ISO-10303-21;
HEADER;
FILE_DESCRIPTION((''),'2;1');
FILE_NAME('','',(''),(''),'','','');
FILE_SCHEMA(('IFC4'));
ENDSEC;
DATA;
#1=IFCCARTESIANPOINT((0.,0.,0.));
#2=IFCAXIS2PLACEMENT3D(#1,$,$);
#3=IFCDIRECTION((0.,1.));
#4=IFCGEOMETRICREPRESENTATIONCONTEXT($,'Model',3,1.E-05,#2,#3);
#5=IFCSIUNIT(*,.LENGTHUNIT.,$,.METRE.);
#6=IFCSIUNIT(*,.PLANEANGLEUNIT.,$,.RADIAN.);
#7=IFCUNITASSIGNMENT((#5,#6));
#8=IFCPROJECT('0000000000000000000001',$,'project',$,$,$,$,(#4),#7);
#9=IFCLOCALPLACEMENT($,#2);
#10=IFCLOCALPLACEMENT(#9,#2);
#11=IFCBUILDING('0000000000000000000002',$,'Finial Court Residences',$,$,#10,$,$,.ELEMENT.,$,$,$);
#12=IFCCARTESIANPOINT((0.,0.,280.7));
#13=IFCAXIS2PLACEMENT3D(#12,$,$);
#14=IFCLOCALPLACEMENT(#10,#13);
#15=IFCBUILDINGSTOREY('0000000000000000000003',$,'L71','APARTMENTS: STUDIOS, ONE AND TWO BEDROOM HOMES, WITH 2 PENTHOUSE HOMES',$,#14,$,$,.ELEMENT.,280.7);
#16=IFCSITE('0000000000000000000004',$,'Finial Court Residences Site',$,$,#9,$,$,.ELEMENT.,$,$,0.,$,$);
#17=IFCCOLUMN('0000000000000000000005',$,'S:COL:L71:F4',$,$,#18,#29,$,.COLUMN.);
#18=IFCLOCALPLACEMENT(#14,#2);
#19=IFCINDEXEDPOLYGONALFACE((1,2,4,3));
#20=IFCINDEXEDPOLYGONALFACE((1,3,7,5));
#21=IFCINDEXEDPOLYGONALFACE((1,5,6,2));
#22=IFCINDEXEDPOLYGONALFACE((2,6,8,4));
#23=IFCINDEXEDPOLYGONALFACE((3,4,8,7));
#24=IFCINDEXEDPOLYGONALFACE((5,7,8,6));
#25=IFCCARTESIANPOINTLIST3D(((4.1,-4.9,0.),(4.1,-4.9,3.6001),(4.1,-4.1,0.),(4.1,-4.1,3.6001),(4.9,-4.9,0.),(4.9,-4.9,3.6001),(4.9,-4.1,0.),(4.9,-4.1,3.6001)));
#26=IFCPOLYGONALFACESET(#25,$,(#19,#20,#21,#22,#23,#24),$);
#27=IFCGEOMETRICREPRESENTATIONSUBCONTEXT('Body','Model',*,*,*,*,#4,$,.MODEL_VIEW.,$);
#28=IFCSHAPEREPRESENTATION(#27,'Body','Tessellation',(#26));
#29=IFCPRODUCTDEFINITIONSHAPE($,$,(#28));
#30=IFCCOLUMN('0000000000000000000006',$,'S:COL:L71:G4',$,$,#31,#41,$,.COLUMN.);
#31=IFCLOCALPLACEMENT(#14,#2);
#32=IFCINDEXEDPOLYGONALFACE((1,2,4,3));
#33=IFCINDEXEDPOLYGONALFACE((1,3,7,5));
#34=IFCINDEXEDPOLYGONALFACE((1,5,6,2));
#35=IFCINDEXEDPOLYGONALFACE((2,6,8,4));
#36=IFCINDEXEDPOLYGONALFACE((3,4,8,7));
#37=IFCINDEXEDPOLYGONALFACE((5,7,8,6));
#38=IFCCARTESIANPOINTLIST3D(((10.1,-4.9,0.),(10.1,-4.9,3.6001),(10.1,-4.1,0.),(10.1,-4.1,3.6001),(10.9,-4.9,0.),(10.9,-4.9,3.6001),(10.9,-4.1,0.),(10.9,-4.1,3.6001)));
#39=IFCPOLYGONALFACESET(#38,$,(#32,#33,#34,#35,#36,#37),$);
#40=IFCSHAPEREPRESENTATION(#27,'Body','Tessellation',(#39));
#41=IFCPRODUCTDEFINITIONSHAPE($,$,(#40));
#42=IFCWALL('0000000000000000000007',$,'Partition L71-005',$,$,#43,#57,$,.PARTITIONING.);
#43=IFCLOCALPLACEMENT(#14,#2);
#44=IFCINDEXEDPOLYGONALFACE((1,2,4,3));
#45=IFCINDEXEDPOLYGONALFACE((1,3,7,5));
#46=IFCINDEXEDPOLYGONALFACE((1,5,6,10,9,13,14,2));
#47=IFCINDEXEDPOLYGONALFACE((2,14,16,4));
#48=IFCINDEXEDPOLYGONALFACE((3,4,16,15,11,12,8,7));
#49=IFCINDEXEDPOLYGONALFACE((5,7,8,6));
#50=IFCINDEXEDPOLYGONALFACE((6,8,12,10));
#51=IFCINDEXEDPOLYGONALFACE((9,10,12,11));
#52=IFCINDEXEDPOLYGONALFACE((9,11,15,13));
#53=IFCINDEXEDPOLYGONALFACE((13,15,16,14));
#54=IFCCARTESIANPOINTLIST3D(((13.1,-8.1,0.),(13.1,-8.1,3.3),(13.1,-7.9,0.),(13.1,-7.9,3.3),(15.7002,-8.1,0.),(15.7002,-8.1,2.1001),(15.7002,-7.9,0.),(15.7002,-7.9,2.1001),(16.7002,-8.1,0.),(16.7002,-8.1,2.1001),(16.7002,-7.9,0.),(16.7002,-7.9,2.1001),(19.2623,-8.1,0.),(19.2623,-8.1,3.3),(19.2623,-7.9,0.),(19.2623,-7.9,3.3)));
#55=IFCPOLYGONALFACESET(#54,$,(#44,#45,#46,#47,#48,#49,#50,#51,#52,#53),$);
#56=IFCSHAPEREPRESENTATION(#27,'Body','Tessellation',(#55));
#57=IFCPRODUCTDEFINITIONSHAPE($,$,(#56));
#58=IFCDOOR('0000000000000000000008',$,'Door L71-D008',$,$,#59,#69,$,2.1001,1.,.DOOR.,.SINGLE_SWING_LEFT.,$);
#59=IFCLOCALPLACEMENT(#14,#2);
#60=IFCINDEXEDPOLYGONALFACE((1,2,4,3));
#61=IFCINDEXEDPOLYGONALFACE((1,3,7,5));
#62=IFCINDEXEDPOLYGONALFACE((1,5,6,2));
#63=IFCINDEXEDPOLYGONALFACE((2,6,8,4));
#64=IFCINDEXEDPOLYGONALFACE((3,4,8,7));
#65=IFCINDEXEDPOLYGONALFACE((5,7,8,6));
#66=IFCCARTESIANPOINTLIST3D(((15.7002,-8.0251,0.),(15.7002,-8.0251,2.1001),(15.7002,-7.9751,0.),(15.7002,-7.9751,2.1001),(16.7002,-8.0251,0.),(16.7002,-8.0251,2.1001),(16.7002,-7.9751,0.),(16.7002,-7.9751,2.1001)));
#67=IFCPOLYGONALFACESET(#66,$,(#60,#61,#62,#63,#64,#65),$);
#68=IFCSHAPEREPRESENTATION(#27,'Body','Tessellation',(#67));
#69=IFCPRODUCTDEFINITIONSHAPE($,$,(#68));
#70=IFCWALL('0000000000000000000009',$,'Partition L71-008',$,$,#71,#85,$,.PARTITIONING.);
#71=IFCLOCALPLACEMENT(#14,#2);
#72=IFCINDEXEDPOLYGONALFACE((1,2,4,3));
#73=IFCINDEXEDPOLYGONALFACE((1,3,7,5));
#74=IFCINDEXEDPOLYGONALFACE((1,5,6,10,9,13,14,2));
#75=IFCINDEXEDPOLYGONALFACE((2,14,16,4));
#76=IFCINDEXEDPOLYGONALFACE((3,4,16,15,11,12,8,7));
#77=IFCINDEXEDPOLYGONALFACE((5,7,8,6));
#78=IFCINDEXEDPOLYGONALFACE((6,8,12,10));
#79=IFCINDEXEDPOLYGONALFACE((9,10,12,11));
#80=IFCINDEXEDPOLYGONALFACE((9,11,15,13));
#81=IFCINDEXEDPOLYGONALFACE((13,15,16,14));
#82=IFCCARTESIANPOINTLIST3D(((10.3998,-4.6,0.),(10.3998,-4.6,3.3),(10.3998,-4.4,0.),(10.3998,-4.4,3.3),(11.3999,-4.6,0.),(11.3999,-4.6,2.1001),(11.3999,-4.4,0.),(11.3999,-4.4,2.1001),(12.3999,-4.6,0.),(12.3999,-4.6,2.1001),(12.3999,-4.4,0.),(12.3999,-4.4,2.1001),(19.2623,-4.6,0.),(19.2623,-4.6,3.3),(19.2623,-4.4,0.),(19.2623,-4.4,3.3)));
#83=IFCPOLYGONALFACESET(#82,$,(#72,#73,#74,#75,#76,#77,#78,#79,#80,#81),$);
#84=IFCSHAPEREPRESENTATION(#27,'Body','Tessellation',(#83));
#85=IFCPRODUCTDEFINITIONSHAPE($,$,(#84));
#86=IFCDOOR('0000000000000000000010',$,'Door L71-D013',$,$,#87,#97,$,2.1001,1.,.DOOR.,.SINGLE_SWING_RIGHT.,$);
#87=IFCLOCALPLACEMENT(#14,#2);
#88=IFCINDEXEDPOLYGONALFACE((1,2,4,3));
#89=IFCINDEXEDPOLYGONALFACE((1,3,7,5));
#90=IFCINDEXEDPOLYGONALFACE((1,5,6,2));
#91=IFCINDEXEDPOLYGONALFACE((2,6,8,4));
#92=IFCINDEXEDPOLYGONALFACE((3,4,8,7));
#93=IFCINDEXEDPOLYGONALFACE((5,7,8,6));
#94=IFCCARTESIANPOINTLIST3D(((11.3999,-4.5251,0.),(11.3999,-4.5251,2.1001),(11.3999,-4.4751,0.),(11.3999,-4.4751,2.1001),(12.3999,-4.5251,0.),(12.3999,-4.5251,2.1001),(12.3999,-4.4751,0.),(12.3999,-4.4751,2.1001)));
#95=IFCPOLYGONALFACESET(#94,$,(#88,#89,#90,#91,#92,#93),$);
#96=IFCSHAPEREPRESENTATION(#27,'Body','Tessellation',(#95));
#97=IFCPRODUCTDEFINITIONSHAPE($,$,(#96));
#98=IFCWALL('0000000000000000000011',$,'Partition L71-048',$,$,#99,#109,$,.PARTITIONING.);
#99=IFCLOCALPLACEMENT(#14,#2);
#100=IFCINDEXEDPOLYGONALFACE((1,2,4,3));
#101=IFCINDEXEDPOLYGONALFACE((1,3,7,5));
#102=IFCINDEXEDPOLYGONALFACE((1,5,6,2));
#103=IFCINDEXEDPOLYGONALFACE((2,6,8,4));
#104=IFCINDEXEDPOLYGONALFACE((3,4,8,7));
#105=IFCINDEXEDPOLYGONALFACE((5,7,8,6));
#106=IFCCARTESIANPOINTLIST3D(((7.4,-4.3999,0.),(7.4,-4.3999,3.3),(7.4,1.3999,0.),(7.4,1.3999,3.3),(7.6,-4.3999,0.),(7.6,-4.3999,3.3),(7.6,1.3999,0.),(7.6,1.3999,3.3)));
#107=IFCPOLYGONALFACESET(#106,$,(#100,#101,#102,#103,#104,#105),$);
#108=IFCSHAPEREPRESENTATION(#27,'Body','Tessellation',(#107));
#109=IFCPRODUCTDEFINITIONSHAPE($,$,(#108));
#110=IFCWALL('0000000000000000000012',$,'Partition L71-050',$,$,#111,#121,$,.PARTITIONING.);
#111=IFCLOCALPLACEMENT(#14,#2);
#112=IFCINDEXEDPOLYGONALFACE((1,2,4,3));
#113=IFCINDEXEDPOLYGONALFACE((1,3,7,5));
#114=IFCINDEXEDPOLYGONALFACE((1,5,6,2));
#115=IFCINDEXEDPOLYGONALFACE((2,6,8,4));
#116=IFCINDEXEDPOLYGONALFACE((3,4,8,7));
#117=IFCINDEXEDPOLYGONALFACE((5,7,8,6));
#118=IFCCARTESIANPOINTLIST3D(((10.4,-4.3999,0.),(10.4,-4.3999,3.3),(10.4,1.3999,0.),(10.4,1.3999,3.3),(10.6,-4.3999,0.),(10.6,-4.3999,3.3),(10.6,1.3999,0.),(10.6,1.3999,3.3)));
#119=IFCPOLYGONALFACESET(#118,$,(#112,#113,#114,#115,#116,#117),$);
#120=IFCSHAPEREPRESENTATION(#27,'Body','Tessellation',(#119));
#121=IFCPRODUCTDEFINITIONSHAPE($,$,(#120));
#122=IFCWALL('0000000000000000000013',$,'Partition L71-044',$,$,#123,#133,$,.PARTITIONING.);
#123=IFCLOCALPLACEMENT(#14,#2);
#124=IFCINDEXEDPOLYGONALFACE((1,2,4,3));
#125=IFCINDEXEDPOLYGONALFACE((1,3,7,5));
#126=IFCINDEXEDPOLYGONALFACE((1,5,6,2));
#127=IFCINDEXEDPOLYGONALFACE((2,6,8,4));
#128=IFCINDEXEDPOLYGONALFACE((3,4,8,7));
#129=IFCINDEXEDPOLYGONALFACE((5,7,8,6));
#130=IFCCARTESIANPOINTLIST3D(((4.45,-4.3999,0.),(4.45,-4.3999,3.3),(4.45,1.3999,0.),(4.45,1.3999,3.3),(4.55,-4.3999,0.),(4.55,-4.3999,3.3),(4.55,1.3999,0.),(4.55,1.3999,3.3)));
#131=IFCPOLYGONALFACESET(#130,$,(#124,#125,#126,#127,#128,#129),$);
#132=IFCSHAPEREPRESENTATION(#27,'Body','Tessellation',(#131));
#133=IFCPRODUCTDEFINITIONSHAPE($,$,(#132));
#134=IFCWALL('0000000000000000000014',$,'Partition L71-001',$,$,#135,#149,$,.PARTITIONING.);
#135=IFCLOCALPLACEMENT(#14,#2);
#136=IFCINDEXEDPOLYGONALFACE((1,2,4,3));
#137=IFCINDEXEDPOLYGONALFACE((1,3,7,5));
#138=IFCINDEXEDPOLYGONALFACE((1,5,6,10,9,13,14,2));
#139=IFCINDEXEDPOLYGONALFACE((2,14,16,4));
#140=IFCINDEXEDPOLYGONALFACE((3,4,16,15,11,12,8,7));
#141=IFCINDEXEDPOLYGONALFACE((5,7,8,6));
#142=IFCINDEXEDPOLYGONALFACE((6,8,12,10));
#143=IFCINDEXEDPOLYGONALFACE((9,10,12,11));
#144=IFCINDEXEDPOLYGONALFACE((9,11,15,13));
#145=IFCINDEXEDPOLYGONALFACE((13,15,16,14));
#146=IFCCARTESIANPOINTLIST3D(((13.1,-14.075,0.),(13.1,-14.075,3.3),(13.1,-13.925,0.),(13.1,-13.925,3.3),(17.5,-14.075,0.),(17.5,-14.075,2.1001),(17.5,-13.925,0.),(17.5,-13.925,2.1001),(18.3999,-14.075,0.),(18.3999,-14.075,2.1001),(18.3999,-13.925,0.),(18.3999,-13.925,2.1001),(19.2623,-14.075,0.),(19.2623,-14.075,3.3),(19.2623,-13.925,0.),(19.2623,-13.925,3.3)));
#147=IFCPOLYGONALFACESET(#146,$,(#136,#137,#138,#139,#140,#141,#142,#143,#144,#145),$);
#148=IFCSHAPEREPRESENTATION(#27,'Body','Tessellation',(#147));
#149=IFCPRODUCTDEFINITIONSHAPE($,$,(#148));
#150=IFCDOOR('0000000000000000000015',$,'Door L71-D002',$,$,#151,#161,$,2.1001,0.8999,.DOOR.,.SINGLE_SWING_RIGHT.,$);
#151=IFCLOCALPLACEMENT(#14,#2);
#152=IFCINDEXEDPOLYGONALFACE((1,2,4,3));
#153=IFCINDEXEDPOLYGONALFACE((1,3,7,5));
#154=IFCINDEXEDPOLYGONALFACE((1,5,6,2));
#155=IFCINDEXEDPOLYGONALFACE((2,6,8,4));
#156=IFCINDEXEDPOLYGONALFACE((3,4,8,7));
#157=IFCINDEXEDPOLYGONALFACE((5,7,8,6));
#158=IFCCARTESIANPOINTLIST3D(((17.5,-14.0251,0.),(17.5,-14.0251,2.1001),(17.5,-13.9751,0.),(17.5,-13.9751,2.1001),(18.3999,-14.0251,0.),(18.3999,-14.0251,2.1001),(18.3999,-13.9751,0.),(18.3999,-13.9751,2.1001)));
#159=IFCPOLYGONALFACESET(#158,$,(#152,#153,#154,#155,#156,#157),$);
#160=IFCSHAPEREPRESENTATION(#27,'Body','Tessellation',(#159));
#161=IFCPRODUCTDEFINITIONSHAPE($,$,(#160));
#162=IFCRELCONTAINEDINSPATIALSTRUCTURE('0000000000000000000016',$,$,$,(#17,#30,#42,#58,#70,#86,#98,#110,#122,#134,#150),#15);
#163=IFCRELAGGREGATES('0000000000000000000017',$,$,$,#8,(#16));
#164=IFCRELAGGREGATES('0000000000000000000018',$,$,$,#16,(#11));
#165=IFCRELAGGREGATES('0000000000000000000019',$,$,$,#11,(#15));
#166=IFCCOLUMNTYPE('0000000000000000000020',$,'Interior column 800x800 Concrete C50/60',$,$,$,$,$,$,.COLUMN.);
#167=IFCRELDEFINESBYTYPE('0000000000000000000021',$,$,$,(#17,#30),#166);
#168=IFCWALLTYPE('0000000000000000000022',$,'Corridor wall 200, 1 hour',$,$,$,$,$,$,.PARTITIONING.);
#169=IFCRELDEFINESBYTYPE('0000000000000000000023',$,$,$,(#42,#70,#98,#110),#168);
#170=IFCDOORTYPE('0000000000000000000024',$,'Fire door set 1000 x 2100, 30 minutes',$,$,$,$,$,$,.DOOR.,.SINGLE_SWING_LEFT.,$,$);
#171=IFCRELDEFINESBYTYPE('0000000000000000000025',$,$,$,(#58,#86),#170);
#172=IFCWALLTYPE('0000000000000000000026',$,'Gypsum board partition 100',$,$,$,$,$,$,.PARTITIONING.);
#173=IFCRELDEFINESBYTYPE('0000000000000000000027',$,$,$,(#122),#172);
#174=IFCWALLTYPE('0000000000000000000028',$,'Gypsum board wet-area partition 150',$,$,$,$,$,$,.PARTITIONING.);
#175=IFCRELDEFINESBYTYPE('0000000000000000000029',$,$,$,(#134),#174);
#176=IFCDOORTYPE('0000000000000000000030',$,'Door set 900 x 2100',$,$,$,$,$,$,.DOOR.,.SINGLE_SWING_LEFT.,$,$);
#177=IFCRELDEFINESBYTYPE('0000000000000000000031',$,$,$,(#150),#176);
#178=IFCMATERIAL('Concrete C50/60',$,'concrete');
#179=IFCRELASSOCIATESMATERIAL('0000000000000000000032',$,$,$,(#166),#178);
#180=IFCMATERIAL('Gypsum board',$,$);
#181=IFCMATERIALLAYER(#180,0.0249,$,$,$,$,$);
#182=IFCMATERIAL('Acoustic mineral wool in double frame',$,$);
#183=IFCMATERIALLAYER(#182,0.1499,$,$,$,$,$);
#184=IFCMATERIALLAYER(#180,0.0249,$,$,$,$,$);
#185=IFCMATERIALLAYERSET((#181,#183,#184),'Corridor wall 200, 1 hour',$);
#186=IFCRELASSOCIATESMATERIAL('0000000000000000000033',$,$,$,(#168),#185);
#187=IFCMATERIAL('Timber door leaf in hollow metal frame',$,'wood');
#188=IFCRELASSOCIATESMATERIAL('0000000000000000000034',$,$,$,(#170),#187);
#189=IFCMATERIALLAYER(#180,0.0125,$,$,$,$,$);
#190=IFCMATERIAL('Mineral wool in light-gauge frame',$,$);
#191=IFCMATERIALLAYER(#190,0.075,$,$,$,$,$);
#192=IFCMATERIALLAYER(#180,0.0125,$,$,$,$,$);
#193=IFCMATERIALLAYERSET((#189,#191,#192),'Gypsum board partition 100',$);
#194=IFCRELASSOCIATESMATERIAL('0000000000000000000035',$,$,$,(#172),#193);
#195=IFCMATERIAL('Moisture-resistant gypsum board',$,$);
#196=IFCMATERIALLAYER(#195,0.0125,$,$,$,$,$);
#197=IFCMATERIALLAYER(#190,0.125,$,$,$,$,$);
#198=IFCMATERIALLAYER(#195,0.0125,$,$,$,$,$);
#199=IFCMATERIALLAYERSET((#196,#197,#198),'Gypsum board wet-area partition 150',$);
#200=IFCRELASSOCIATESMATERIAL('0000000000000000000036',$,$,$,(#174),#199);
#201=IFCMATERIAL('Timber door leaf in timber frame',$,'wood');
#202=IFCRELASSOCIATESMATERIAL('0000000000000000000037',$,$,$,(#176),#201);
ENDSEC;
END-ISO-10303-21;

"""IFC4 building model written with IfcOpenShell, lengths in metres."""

from ifc_helpers import new_model, si_unit, direction, frame, frame_2d, origin, origin_2d, place, context, subcontext, project, spatial, rectangle, extrude, material, layer, layer_set, material_profile, profile_set, type_object, element, fill, save


model = new_model("IFC4")

# Units and contexts
model_context = context("Model", 3, precision=1e-05, world=origin(), true_north=direction((0.0, 1.0)))
body_context = subcontext(model_context, "Body", "Model", "MODEL_VIEW")
ifc_project = project(units=[si_unit("LENGTHUNIT", "METRE"), si_unit("PLANEANGLEUNIT", "RADIAN")], contexts=[model_context])

# Site, building, storey
site_placement = place(None, origin())
site = spatial("IfcSite", under=ifc_project, at=site_placement, Name="Finial Court Residences Site", CompositionType="ELEMENT", RefElevation=0.0)
building_placement = place(site_placement, origin())
building = spatial("IfcBuilding", under=site, at=building_placement, Name="Finial Court Residences", CompositionType="ELEMENT")
storey_placement = place(building_placement, frame((0.0, 0.0, 280.7)))
storey = spatial("IfcBuildingStorey", under=building, at=storey_placement, Name="L71", Description="APARTMENTS: STUDIOS, ONE AND TWO BEDROOM HOMES, WITH 2 PENTHOUSE HOMES", CompositionType="ELEMENT", Elevation=280.7)

# Columns
ifc_material_1 = material(Name="Concrete C50/60", Category="concrete")
ifc_material_profile = material_profile(ifc_material_1, rectangle(XDim=0.8, YDim=0.8, at=origin_2d()), Name="800x800")
ifc_profile_set = profile_set([ifc_material_profile], Name="Concrete C50/60")
column_type = type_object("IfcColumnType", Name="Interior column 800x800 Concrete C50/60", PredefinedType="COLUMN", material=ifc_profile_set)
for number, where, z_axis, x_axis, name in (
    (1, (4.5, -4.5, 0.0), (0.0, 0.0, 1.0), (1.0, 0.0, 0.0), "S:COL:L71:F4"),
    (2, (10.5, -4.5, 0.0), (0.0, 0.0, 1.0), (1.0, 0.0, 0.0), "S:COL:L71:G4"),
):
    element("IfcColumn", number, at=place(storey_placement, frame(where, z_axis=z_axis, x_axis=x_axis)), inside=storey, type_object=column_type, Name=name, PredefinedType="COLUMN", context=body_context, shape_type="SweptSolid", body=[
        extrude(rectangle(XDim=0.8, YDim=0.8, at=origin_2d()), origin(), (0.0, 0.0, 1.0), 3.6001),
    ])

# Walls, openings, doors
ifc_material_2 = material(Name="Gypsum board")
ifc_layer_1 = layer(ifc_material_2, 0.0249)
ifc_material_3 = material(Name="Acoustic mineral wool in double frame")
ifc_layer_2 = layer(ifc_material_3, 0.1499)
ifc_layer_3 = layer(ifc_material_2, 0.0249)
ifc_layer_set_1 = layer_set([ifc_layer_1, ifc_layer_2, ifc_layer_3], Name="Corridor wall 200, 1 hour")
wall_type_1 = type_object("IfcWallType", Name="Corridor wall 200, 1 hour", PredefinedType="PARTITIONING", material=ifc_layer_set_1)
wall_1_placement = place(storey_placement, frame((13.1001, -8.0, 0.0), z_axis=(0.0, 0.0, 1.0), x_axis=(1.0, 0.0, 0.0)))
wall_1 = element("IfcWall", 3, at=wall_1_placement, inside=storey, type_object=wall_type_1, Name="Partition L71-005", PredefinedType="PARTITIONING", context=body_context, shape_type="SweptSolid", body=[
    extrude(rectangle(XDim=6.1624, YDim=0.2, at=frame_2d((3.0811, 0.0))), origin(), (0.0, 0.0, 1.0), 3.3),
])
opening_1_placement = place(wall_1_placement, frame((2.6001, 0.0, 0.0)))
opening_1 = element("IfcOpeningElement", 4, at=opening_1_placement, cuts=wall_1, PredefinedType="OPENING", context=body_context, shape_type="SweptSolid", body=[
    extrude(rectangle(XDim=1.0, YDim=2.1001, at=frame_2d((0.5, 1.05))), frame((0.0, 0.1099, 0.0), z_axis=(0.0, -1.0, 0.0), x_axis=(1.0, 0.0, 0.0)), (0.0, 0.0, 1.0), 0.22),
])
ifc_material_4 = material(Name="Timber door leaf in hollow metal frame", Category="wood")
door_type_1 = type_object("IfcDoorType", Name="Fire door set 1000 x 2100, 30 minutes", OperationType="SINGLE_SWING_LEFT", PredefinedType="DOOR", material=ifc_material_4)
door_1_placement = place(opening_1_placement, origin())
door_1 = element("IfcDoor", 5, at=door_1_placement, inside=storey, type_object=door_type_1, Name="Door L71-D008", OperationType="SINGLE_SWING_LEFT", OverallHeight=2.1001, OverallWidth=1.0, PredefinedType="DOOR", context=body_context, shape_type="SweptSolid", body=[
    extrude(rectangle(XDim=1.0, YDim=2.1001, at=frame_2d((0.5, 1.05))), frame((0.0, 0.0249, 0.0), z_axis=(0.0, -1.0, 0.0), x_axis=(1.0, 0.0, 0.0)), (0.0, 0.0, 1.0), 0.05),
])
fill(opening_1, door_1)
wall_2_placement = place(storey_placement, frame((10.3999, -4.5, 0.0), z_axis=(0.0, 0.0, 1.0), x_axis=(1.0, 0.0, 0.0)))
wall_2 = element("IfcWall", 6, at=wall_2_placement, inside=storey, type_object=wall_type_1, Name="Partition L71-008", PredefinedType="PARTITIONING", context=body_context, shape_type="SweptSolid", body=[
    extrude(rectangle(XDim=8.8625, YDim=0.2, at=frame_2d((4.4312, 0.0))), origin(), (0.0, 0.0, 1.0), 3.3),
])
opening_2_placement = place(wall_2_placement, frame((1.0, 0.0, 0.0)))
opening_2 = element("IfcOpeningElement", 7, at=opening_2_placement, cuts=wall_2, PredefinedType="OPENING", context=body_context, shape_type="SweptSolid", body=[
    extrude(rectangle(XDim=1.0, YDim=2.1001, at=frame_2d((0.5, 1.05))), frame((0.0, 0.1099, 0.0), z_axis=(0.0, -1.0, 0.0), x_axis=(1.0, 0.0, 0.0)), (0.0, 0.0, 1.0), 0.22),
])
door_2_placement = place(opening_2_placement, origin())
door_2 = element("IfcDoor", 8, at=door_2_placement, inside=storey, type_object=door_type_1, Name="Door L71-D013", OperationType="SINGLE_SWING_RIGHT", OverallHeight=2.1001, OverallWidth=1.0, PredefinedType="DOOR", context=body_context, shape_type="SweptSolid", body=[
    extrude(rectangle(XDim=1.0, YDim=2.1001, at=frame_2d((0.5, 1.05))), frame((0.0, 0.0249, 0.0), z_axis=(0.0, -1.0, 0.0), x_axis=(1.0, 0.0, 0.0)), (0.0, 0.0, 1.0), 0.05),
])
fill(opening_2, door_2)

# Walls
for number, where, z_axis, x_axis, name in (
    (9, (7.5, -4.3999, 0.0), (0.0, 0.0, 1.0), (0.0, 1.0, 0.0), "Partition L71-048"),
    (10, (10.5, -4.3999, 0.0), (0.0, 0.0, 1.0), (0.0, 1.0, 0.0), "Partition L71-050"),
):
    element("IfcWall", number, at=place(storey_placement, frame(where, z_axis=z_axis, x_axis=x_axis)), inside=storey, type_object=wall_type_1, Name=name, PredefinedType="PARTITIONING", context=body_context, shape_type="SweptSolid", body=[
        extrude(rectangle(XDim=5.7998, YDim=0.2, at=frame_2d((2.8999, 0.0))), origin(), (0.0, 0.0, 1.0), 3.3),
    ])
ifc_layer_4 = layer(ifc_material_2, 0.0125)
ifc_material_5 = material(Name="Mineral wool in light-gauge frame")
ifc_layer_5 = layer(ifc_material_5, 0.075)
ifc_layer_6 = layer(ifc_material_2, 0.0125)
ifc_layer_set_2 = layer_set([ifc_layer_4, ifc_layer_5, ifc_layer_6], Name="Gypsum board partition 100")
wall_type_2 = type_object("IfcWallType", Name="Gypsum board partition 100", PredefinedType="PARTITIONING", material=ifc_layer_set_2)
wall_3_placement = place(storey_placement, frame((4.5, -4.3999, 0.0), z_axis=(0.0, 0.0, 1.0), x_axis=(0.0, 1.0, 0.0)))
element("IfcWall", 11, at=wall_3_placement, inside=storey, type_object=wall_type_2, Name="Partition L71-044", PredefinedType="PARTITIONING", context=body_context, shape_type="SweptSolid", body=[
    extrude(rectangle(XDim=5.7998, YDim=0.1001, at=frame_2d((2.8999, 0.0))), origin(), (0.0, 0.0, 1.0), 3.3),
])

# Wall, opening, door
ifc_material_6 = material(Name="Moisture-resistant gypsum board")
ifc_layer_7 = layer(ifc_material_6, 0.0125)
ifc_layer_8 = layer(ifc_material_5, 0.125)
ifc_layer_9 = layer(ifc_material_6, 0.0125)
ifc_layer_set_3 = layer_set([ifc_layer_7, ifc_layer_8, ifc_layer_9], Name="Gypsum board wet-area partition 150")
wall_type_3 = type_object("IfcWallType", Name="Gypsum board wet-area partition 150", PredefinedType="PARTITIONING", material=ifc_layer_set_3)
wall_4_placement = place(storey_placement, frame((13.1001, -14.0, 0.0), z_axis=(0.0, 0.0, 1.0), x_axis=(1.0, 0.0, 0.0)))
wall_4 = element("IfcWall", 12, at=wall_4_placement, inside=storey, type_object=wall_type_3, Name="Partition L71-001", PredefinedType="PARTITIONING", context=body_context, shape_type="SweptSolid", body=[
    extrude(rectangle(XDim=6.1624, YDim=0.1499, at=frame_2d((3.0811, 0.0))), origin(), (0.0, 0.0, 1.0), 3.3),
])
opening_3_placement = place(wall_4_placement, frame((4.3999, 0.0, 0.0)))
opening_3 = element("IfcOpeningElement", 13, at=opening_3_placement, cuts=wall_4, PredefinedType="OPENING", context=body_context, shape_type="SweptSolid", body=[
    extrude(rectangle(XDim=0.8999, YDim=2.1001, at=frame_2d((0.45, 1.05))), frame((0.0, 0.085, 0.0), z_axis=(0.0, -1.0, 0.0), x_axis=(1.0, 0.0, 0.0)), (0.0, 0.0, 1.0), 0.1699),
])
ifc_material_7 = material(Name="Timber door leaf in timber frame", Category="wood")
door_type_2 = type_object("IfcDoorType", Name="Door set 900 x 2100", OperationType="SINGLE_SWING_LEFT", PredefinedType="DOOR", material=ifc_material_7)
door_3_placement = place(opening_3_placement, origin())
door_3 = element("IfcDoor", 14, at=door_3_placement, inside=storey, type_object=door_type_2, Name="Door L71-D002", OperationType="SINGLE_SWING_RIGHT", OverallHeight=2.1001, OverallWidth=0.8999, PredefinedType="DOOR", context=body_context, shape_type="SweptSolid", body=[
    extrude(rectangle(XDim=0.8999, YDim=2.1001, at=frame_2d((0.45, 1.05))), frame((0.0, 0.0249, 0.0), z_axis=(0.0, -1.0, 0.0), x_axis=(1.0, 0.0, 0.0)), (0.0, 0.0, 1.0), 0.05),
])
fill(opening_3, door_3)

save(model, "model.ifc")
